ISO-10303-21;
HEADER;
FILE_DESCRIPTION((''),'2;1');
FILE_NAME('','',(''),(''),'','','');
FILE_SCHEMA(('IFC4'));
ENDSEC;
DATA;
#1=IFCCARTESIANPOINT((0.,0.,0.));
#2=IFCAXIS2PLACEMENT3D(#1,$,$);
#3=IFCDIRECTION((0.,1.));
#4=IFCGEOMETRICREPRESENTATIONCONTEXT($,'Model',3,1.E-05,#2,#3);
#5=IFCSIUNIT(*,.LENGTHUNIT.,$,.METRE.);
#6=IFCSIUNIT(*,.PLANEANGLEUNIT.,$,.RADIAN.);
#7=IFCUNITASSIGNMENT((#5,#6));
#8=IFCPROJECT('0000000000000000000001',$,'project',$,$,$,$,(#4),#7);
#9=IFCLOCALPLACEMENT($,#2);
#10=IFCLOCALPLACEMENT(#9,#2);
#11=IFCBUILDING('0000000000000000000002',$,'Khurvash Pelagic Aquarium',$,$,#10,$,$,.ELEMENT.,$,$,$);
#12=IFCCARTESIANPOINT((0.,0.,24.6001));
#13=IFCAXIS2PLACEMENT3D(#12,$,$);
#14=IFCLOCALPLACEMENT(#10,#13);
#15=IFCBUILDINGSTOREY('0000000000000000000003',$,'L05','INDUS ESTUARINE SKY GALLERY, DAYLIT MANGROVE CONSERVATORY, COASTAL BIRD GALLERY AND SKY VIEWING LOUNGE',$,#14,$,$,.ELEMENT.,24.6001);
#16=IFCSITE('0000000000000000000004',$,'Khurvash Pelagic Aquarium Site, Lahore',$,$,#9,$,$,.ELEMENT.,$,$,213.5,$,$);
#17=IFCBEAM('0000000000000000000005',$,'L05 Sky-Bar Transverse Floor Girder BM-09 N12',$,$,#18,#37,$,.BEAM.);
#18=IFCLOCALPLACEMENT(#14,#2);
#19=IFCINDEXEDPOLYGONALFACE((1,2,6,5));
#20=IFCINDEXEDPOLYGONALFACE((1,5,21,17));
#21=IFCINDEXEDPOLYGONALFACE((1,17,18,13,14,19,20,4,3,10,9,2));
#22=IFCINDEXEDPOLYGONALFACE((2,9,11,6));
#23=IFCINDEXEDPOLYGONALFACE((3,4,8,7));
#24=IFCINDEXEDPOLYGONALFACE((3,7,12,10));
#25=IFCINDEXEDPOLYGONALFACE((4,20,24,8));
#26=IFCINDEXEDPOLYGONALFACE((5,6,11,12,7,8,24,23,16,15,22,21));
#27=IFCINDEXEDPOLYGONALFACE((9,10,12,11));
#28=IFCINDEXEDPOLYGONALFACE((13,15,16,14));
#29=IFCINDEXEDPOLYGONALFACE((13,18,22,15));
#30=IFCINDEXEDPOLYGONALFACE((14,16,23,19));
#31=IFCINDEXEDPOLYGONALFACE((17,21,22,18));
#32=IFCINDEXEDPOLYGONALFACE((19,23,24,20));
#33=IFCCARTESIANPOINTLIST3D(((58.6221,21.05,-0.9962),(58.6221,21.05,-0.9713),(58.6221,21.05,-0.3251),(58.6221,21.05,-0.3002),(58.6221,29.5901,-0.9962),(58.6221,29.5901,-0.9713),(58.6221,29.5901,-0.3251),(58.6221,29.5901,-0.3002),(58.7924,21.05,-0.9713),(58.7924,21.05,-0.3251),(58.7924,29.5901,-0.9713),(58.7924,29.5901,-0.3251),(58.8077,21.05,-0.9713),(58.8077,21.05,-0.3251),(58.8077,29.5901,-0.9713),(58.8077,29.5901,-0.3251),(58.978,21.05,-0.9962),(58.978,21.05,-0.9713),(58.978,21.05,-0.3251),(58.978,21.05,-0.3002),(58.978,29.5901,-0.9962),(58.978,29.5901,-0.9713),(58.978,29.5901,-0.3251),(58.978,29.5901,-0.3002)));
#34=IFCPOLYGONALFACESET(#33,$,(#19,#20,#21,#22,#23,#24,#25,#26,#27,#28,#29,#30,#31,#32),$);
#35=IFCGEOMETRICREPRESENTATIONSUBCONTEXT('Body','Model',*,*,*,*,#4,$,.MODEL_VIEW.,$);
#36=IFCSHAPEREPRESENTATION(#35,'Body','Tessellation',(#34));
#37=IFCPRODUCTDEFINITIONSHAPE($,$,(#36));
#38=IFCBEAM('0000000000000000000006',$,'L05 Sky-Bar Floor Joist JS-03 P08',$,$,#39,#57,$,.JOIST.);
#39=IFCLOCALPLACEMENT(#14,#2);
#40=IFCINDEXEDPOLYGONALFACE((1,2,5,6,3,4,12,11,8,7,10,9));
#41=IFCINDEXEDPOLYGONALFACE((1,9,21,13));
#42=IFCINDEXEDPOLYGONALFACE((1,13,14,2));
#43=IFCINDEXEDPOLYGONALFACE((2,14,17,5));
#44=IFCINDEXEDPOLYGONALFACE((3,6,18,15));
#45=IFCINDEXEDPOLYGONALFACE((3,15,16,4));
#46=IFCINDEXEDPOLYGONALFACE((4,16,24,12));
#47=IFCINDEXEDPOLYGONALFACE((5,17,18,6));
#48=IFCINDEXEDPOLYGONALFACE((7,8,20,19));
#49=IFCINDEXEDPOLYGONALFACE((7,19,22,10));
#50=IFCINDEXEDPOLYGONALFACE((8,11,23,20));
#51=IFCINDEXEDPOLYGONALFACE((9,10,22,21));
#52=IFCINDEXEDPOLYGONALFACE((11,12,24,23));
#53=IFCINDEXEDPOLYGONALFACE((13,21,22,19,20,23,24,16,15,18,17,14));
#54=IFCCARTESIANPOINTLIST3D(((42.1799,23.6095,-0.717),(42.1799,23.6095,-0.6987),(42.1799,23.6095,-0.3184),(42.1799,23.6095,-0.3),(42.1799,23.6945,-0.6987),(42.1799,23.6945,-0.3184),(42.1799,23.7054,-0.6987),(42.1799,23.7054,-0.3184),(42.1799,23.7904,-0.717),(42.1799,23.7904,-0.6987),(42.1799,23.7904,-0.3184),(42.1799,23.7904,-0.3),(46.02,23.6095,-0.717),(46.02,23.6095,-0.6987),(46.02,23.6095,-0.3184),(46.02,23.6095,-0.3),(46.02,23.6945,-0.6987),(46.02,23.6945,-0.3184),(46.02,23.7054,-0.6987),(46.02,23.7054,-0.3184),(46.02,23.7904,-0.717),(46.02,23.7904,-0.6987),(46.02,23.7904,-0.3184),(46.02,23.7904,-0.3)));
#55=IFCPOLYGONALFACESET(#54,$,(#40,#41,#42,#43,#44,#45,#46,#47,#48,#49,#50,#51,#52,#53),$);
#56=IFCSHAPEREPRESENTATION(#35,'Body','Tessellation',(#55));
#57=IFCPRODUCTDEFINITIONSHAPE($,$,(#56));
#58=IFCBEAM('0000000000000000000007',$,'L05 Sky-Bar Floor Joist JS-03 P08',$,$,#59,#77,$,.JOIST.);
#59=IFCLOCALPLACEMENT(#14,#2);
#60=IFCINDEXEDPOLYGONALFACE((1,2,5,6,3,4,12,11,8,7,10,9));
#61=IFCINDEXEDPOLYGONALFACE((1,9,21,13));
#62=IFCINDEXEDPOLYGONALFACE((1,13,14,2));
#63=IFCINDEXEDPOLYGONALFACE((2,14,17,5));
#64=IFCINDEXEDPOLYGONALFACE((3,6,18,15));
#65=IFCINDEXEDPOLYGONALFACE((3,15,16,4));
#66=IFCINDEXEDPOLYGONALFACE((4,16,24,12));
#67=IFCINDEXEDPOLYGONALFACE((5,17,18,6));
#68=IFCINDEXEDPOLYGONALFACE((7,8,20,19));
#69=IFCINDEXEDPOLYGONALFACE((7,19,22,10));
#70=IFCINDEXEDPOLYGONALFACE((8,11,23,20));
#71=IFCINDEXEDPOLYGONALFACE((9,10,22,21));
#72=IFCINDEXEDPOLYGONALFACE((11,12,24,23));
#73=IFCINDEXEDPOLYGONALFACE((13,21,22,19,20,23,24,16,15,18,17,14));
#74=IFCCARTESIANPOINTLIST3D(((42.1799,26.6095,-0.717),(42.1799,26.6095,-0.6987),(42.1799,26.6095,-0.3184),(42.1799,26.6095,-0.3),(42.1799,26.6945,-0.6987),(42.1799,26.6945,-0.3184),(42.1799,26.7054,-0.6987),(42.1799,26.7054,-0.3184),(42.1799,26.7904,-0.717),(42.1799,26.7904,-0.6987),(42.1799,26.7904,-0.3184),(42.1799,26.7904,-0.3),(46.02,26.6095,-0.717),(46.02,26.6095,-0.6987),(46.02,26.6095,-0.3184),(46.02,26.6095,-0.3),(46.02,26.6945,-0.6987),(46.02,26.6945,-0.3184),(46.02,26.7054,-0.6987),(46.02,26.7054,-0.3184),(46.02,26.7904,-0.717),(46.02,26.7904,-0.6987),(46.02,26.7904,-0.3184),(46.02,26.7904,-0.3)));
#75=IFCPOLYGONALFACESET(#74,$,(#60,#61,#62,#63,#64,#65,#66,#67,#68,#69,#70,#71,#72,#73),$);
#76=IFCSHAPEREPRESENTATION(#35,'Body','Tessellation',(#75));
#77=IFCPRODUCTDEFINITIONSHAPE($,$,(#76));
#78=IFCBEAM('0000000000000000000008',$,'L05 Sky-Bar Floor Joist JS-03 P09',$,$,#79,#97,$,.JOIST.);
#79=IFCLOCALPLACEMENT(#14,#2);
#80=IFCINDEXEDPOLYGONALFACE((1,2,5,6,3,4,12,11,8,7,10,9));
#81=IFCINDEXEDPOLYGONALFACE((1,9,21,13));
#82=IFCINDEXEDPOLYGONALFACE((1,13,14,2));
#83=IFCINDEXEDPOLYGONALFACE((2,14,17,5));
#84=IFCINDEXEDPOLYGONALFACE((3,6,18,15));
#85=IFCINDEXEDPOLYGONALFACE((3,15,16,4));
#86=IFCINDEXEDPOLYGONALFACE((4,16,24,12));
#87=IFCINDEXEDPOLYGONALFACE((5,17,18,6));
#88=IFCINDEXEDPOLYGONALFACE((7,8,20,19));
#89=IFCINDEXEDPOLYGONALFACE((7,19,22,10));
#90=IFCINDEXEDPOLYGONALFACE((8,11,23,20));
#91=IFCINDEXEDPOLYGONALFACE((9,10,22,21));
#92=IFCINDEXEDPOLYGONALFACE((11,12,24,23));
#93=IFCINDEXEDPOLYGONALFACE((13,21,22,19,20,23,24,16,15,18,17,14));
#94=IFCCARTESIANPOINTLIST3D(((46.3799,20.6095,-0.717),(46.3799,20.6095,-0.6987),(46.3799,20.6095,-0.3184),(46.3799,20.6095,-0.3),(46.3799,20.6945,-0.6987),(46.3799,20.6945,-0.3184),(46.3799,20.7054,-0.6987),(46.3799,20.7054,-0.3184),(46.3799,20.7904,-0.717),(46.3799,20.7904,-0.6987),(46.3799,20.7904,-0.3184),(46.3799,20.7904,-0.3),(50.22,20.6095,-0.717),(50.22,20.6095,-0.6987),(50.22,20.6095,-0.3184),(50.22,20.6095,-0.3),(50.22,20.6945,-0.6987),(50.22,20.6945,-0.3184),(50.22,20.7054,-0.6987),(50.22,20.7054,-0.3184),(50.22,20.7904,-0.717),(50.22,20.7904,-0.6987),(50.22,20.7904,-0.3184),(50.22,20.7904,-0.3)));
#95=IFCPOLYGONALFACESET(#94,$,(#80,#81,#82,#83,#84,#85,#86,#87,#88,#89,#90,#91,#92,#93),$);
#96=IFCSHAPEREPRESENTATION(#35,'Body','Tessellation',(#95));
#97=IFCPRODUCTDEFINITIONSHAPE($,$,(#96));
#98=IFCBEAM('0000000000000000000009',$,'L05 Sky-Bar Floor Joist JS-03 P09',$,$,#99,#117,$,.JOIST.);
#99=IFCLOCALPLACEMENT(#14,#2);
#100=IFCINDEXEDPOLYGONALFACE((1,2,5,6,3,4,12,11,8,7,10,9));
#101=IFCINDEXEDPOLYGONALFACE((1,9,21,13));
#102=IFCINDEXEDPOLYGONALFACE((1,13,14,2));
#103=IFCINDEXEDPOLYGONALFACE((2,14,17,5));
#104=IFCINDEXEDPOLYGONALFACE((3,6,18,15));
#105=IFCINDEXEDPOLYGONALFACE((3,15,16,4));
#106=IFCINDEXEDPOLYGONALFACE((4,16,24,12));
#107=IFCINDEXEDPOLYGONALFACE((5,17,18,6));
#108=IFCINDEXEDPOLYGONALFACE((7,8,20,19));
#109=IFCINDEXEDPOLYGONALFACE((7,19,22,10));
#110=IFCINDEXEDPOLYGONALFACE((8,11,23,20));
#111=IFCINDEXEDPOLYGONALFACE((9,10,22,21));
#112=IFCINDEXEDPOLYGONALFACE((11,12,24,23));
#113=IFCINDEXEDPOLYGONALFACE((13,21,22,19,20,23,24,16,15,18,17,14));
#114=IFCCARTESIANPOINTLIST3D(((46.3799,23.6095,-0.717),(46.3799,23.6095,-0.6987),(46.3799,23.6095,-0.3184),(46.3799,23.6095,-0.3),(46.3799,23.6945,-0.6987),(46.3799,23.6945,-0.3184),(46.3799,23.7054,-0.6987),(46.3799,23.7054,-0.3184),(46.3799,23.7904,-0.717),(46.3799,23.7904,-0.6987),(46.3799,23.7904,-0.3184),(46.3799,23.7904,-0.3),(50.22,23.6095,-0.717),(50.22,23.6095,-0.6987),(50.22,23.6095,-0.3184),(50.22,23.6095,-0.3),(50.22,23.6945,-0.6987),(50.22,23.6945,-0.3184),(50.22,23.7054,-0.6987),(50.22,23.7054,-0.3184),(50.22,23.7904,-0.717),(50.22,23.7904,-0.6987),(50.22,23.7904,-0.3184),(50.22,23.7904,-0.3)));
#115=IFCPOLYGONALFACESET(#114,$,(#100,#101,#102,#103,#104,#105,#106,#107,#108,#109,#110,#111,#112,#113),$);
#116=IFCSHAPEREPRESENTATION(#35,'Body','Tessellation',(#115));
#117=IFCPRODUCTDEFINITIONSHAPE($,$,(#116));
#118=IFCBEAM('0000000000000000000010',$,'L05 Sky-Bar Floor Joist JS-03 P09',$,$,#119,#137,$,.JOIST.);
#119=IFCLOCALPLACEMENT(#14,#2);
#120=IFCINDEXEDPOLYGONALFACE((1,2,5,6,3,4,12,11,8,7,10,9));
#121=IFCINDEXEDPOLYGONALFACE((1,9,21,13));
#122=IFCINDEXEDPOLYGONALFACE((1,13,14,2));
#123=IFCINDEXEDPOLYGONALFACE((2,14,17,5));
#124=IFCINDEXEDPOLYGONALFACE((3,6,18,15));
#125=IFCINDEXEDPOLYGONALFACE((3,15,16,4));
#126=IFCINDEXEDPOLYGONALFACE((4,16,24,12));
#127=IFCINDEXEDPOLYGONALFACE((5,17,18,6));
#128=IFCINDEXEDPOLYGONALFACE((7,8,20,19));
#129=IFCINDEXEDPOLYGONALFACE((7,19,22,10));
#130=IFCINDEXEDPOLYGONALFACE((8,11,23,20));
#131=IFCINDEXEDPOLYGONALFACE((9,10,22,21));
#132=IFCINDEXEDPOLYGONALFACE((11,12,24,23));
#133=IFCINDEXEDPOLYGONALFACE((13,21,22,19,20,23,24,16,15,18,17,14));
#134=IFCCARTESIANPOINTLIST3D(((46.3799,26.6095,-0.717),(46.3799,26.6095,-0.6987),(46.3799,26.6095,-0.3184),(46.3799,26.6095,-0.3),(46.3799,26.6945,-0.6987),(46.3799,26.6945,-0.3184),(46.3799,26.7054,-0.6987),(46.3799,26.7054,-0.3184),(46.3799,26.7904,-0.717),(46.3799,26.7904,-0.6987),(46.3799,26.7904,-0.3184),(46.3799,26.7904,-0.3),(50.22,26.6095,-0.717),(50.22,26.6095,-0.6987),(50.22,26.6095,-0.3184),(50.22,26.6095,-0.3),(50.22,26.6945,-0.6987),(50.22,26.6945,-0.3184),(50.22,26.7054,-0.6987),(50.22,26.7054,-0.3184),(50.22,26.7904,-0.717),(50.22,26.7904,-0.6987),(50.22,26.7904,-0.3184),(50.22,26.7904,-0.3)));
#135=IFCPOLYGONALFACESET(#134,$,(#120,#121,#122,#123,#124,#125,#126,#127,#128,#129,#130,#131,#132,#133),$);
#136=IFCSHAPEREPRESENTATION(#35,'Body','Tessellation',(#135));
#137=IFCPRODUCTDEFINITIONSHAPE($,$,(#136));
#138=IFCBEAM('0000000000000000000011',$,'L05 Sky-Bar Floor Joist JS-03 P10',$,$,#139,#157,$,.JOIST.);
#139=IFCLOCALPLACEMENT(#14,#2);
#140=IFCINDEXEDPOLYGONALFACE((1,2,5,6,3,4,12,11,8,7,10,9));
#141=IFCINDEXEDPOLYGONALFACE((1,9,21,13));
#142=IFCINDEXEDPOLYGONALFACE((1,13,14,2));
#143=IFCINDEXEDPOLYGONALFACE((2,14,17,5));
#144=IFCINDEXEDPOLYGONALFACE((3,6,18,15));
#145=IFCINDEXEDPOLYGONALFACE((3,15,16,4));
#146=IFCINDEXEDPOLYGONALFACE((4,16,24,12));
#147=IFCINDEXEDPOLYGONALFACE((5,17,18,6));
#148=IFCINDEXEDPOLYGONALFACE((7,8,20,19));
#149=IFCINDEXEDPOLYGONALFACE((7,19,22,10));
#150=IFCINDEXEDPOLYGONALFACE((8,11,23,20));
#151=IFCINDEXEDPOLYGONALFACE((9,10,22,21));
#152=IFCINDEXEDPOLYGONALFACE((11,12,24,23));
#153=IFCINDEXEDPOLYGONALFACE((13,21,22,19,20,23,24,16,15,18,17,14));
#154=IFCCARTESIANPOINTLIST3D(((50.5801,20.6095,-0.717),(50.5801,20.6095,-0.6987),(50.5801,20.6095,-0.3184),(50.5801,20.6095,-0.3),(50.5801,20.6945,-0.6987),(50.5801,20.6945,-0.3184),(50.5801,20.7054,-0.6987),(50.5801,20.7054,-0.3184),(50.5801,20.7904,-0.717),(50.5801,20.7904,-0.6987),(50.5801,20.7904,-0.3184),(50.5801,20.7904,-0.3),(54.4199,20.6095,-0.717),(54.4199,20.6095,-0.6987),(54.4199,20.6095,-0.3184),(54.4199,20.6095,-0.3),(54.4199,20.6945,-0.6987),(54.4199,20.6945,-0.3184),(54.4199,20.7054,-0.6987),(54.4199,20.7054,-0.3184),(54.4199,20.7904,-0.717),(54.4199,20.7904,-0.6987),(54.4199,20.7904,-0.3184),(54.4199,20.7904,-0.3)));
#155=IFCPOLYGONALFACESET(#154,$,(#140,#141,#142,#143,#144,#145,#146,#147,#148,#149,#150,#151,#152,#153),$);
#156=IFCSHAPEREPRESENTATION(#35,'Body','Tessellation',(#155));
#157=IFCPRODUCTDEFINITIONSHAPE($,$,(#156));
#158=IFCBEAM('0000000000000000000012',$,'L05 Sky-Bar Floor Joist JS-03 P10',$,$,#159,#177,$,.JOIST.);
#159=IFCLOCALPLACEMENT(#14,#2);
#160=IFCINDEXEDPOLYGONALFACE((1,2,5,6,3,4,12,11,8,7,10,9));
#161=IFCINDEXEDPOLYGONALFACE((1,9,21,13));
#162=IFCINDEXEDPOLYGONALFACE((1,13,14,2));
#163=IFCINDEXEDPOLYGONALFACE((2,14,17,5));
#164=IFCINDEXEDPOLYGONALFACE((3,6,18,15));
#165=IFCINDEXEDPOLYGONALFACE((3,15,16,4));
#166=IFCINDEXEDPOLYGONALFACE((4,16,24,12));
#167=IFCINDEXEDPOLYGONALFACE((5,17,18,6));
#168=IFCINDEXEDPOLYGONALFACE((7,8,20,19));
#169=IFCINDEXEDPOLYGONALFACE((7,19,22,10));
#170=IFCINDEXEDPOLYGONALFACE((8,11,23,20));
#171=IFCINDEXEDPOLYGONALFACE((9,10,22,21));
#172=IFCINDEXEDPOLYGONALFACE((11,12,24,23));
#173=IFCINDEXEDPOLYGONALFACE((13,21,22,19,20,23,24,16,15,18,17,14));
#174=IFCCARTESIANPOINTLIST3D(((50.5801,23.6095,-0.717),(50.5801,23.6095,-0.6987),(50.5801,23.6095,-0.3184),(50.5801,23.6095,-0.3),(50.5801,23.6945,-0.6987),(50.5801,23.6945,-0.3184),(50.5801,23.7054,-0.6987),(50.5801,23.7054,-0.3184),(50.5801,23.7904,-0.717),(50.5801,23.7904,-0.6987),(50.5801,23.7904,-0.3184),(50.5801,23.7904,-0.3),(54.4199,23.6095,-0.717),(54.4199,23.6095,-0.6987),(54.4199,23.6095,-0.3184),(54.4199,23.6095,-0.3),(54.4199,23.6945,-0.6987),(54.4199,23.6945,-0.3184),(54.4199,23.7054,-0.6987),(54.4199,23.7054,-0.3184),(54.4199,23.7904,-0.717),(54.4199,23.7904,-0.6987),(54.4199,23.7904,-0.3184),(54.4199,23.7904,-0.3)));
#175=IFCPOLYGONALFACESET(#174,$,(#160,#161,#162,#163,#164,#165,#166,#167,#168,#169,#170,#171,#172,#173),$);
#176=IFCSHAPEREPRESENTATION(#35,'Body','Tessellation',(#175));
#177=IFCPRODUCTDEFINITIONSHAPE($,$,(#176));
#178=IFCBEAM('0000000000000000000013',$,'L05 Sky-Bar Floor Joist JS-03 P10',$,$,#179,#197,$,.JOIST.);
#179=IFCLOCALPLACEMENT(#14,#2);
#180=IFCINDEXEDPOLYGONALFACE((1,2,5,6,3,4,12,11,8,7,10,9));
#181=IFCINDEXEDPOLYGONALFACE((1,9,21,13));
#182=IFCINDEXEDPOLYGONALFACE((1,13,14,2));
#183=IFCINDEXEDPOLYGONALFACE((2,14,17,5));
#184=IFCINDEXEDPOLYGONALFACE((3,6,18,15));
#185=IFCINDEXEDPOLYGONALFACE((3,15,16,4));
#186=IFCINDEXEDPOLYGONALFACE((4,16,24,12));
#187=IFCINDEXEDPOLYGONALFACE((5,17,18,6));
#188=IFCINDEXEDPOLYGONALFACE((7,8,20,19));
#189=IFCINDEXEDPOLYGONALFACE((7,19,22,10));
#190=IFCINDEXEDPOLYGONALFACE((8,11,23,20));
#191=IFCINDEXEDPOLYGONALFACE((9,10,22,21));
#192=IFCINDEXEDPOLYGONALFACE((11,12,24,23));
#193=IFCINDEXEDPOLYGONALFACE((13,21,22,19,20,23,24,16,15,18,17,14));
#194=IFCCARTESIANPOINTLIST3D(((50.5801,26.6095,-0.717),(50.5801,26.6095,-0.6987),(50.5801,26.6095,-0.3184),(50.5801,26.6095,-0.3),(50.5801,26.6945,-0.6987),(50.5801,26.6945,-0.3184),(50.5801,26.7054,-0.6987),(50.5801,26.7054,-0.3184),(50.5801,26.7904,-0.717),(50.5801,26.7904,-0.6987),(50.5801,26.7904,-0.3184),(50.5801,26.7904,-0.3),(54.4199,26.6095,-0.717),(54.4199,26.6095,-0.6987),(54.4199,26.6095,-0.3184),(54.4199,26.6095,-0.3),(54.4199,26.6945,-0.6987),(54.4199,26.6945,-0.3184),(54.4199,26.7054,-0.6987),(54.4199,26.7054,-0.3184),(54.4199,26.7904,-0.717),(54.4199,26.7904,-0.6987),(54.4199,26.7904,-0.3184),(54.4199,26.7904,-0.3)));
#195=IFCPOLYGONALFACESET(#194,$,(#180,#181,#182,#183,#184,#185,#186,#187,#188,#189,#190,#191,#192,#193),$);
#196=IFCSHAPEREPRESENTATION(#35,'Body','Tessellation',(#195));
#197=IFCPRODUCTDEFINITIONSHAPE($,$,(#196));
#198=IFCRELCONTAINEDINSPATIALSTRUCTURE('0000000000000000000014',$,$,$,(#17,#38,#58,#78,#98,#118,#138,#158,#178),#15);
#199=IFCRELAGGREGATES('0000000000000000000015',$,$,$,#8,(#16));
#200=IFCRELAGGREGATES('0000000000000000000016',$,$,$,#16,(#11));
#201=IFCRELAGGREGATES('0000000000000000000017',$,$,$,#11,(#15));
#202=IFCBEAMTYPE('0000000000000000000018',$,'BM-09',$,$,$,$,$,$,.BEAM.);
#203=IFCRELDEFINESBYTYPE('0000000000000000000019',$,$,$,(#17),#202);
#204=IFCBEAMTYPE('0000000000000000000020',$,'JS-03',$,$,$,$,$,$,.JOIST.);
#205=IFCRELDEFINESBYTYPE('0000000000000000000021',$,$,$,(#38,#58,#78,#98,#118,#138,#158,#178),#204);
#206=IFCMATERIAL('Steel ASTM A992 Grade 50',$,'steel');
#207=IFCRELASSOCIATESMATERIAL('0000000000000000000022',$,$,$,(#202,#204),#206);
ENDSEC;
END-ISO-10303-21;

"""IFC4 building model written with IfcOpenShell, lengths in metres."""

from ifc_helpers import new_model, si_unit, direction, frame, origin, origin_2d, place, context, subcontext, project, spatial, i_section, extrude, material, material_profile, profile_set, type_object, element, save


model = new_model("IFC4")

# Units and contexts
model_context = context("Model", 3, precision=1e-05, world=origin(), true_north=direction((0.0, 1.0)))
body_context = subcontext(model_context, "Body", "Model", "MODEL_VIEW")
ifc_project = project(units=[si_unit("LENGTHUNIT", "METRE"), si_unit("PLANEANGLEUNIT", "RADIAN")], contexts=[model_context])

# Site, building, storey
site_placement = place(None, origin())
site = spatial("IfcSite", under=ifc_project, at=site_placement, Name="Khurvash Pelagic Aquarium Site, Lahore", CompositionType="ELEMENT", RefElevation=213.5)
building_placement = place(site_placement, origin())
building = spatial("IfcBuilding", under=site, at=building_placement, Name="Khurvash Pelagic Aquarium", CompositionType="ELEMENT")
storey_placement = place(building_placement, frame((0.0, 0.0, 24.6001)))
storey = spatial("IfcBuildingStorey", under=building, at=storey_placement, Name="L05", Description="INDUS ESTUARINE SKY GALLERY, DAYLIT MANGROVE CONSERVATORY, COASTAL BIRD GALLERY AND SKY VIEWING LOUNGE", CompositionType="ELEMENT", Elevation=24.6001)

# Beams
ifc_material_1 = material(Name="Steel ASTM A992 Grade 50", Category="steel")
ifc_material_profile_1 = material_profile(ifc_material_1, i_section(OverallWidth=0.356, OverallDepth=0.696, WebThickness=0.0154, FlangeThickness=0.0249, at=origin_2d()), Name="W27X146")
ifc_profile_set_1 = profile_set([ifc_material_profile_1], Name="Steel ASTM A992 Grade 50")
beam_type_1 = type_object("IfcBeamType", Name="BM-09", PredefinedType="BEAM", material=ifc_profile_set_1)
beam_placement = place(storey_placement, frame((58.8, 21.05, -0.6482), z_axis=(0.0, 1.0, 0.0), x_axis=(-1.0, 0.0, 0.0)))
element("IfcBeam", 1, at=beam_placement, inside=storey, type_object=beam_type_1, Name="L05 Sky-Bar Transverse Floor Girder BM-09 N12", PredefinedType="BEAM", context=body_context, shape_type="SweptSolid", body=[
    extrude(i_section(OverallWidth=0.356, OverallDepth=0.696, WebThickness=0.0154, FlangeThickness=0.0249, at=origin_2d()), origin(), (0.0, 0.0, 1.0), 8.54),
])
ifc_material_profile_2 = material_profile(ifc_material_1, i_section(OverallWidth=0.1809, OverallDepth=0.417, WebThickness=0.011, FlangeThickness=0.0183, at=origin_2d()), Name="W16X57")
ifc_profile_set_2 = profile_set([ifc_material_profile_2], Name="Steel ASTM A992 Grade 50")
beam_type_2 = type_object("IfcBeamType", Name="JS-03", PredefinedType="JOIST", material=ifc_profile_set_2)
for number, where, z_axis, x_axis, name in (
    (2, (42.1799, 23.7, -0.5085), (1.0, 0.0, 0.0), (0.0, 1.0, 0.0), "L05 Sky-Bar Floor Joist JS-03 P08"),
    (3, (42.1799, 26.7, -0.5085), (1.0, 0.0, 0.0), (0.0, 1.0, 0.0), "L05 Sky-Bar Floor Joist JS-03 P08"),
    (4, (46.3799, 20.7, -0.5085), (1.0, 0.0, 0.0), (0.0, 1.0, 0.0), "L05 Sky-Bar Floor Joist JS-03 P09"),
    (5, (46.3799, 23.7, -0.5085), (1.0, 0.0, 0.0), (0.0, 1.0, 0.0), "L05 Sky-Bar Floor Joist JS-03 P09"),
    (6, (46.3799, 26.7, -0.5085), (1.0, 0.0, 0.0), (0.0, 1.0, 0.0), "L05 Sky-Bar Floor Joist JS-03 P09"),
):
    element("IfcBeam", number, at=place(storey_placement, frame(where, z_axis=z_axis, x_axis=x_axis)), inside=storey, type_object=beam_type_2, Name=name, PredefinedType="JOIST", context=body_context, shape_type="SweptSolid", body=[
        extrude(i_section(OverallWidth=0.1809, OverallDepth=0.417, WebThickness=0.011, FlangeThickness=0.0183, at=origin_2d()), origin(), (0.0, 0.0, 1.0), 3.8401),
    ])
for number, where, z_axis, x_axis, name in (
    (7, (50.5801, 20.7, -0.5085), (1.0, 0.0, 0.0), (0.0, 1.0, 0.0), "L05 Sky-Bar Floor Joist JS-03 P10"),
    (8, (50.5801, 23.7, -0.5085), (1.0, 0.0, 0.0), (0.0, 1.0, 0.0), "L05 Sky-Bar Floor Joist JS-03 P10"),
    (9, (50.5801, 26.7, -0.5085), (1.0, 0.0, 0.0), (0.0, 1.0, 0.0), "L05 Sky-Bar Floor Joist JS-03 P10"),
):
    element("IfcBeam", number, at=place(storey_placement, frame(where, z_axis=z_axis, x_axis=x_axis)), inside=storey, type_object=beam_type_2, Name=name, PredefinedType="JOIST", context=body_context, shape_type="SweptSolid", body=[
        extrude(i_section(OverallWidth=0.1809, OverallDepth=0.417, WebThickness=0.011, FlangeThickness=0.0183, at=origin_2d()), origin(), (0.0, 0.0, 1.0), 3.8398),
    ])

save(model, "model.ifc")
